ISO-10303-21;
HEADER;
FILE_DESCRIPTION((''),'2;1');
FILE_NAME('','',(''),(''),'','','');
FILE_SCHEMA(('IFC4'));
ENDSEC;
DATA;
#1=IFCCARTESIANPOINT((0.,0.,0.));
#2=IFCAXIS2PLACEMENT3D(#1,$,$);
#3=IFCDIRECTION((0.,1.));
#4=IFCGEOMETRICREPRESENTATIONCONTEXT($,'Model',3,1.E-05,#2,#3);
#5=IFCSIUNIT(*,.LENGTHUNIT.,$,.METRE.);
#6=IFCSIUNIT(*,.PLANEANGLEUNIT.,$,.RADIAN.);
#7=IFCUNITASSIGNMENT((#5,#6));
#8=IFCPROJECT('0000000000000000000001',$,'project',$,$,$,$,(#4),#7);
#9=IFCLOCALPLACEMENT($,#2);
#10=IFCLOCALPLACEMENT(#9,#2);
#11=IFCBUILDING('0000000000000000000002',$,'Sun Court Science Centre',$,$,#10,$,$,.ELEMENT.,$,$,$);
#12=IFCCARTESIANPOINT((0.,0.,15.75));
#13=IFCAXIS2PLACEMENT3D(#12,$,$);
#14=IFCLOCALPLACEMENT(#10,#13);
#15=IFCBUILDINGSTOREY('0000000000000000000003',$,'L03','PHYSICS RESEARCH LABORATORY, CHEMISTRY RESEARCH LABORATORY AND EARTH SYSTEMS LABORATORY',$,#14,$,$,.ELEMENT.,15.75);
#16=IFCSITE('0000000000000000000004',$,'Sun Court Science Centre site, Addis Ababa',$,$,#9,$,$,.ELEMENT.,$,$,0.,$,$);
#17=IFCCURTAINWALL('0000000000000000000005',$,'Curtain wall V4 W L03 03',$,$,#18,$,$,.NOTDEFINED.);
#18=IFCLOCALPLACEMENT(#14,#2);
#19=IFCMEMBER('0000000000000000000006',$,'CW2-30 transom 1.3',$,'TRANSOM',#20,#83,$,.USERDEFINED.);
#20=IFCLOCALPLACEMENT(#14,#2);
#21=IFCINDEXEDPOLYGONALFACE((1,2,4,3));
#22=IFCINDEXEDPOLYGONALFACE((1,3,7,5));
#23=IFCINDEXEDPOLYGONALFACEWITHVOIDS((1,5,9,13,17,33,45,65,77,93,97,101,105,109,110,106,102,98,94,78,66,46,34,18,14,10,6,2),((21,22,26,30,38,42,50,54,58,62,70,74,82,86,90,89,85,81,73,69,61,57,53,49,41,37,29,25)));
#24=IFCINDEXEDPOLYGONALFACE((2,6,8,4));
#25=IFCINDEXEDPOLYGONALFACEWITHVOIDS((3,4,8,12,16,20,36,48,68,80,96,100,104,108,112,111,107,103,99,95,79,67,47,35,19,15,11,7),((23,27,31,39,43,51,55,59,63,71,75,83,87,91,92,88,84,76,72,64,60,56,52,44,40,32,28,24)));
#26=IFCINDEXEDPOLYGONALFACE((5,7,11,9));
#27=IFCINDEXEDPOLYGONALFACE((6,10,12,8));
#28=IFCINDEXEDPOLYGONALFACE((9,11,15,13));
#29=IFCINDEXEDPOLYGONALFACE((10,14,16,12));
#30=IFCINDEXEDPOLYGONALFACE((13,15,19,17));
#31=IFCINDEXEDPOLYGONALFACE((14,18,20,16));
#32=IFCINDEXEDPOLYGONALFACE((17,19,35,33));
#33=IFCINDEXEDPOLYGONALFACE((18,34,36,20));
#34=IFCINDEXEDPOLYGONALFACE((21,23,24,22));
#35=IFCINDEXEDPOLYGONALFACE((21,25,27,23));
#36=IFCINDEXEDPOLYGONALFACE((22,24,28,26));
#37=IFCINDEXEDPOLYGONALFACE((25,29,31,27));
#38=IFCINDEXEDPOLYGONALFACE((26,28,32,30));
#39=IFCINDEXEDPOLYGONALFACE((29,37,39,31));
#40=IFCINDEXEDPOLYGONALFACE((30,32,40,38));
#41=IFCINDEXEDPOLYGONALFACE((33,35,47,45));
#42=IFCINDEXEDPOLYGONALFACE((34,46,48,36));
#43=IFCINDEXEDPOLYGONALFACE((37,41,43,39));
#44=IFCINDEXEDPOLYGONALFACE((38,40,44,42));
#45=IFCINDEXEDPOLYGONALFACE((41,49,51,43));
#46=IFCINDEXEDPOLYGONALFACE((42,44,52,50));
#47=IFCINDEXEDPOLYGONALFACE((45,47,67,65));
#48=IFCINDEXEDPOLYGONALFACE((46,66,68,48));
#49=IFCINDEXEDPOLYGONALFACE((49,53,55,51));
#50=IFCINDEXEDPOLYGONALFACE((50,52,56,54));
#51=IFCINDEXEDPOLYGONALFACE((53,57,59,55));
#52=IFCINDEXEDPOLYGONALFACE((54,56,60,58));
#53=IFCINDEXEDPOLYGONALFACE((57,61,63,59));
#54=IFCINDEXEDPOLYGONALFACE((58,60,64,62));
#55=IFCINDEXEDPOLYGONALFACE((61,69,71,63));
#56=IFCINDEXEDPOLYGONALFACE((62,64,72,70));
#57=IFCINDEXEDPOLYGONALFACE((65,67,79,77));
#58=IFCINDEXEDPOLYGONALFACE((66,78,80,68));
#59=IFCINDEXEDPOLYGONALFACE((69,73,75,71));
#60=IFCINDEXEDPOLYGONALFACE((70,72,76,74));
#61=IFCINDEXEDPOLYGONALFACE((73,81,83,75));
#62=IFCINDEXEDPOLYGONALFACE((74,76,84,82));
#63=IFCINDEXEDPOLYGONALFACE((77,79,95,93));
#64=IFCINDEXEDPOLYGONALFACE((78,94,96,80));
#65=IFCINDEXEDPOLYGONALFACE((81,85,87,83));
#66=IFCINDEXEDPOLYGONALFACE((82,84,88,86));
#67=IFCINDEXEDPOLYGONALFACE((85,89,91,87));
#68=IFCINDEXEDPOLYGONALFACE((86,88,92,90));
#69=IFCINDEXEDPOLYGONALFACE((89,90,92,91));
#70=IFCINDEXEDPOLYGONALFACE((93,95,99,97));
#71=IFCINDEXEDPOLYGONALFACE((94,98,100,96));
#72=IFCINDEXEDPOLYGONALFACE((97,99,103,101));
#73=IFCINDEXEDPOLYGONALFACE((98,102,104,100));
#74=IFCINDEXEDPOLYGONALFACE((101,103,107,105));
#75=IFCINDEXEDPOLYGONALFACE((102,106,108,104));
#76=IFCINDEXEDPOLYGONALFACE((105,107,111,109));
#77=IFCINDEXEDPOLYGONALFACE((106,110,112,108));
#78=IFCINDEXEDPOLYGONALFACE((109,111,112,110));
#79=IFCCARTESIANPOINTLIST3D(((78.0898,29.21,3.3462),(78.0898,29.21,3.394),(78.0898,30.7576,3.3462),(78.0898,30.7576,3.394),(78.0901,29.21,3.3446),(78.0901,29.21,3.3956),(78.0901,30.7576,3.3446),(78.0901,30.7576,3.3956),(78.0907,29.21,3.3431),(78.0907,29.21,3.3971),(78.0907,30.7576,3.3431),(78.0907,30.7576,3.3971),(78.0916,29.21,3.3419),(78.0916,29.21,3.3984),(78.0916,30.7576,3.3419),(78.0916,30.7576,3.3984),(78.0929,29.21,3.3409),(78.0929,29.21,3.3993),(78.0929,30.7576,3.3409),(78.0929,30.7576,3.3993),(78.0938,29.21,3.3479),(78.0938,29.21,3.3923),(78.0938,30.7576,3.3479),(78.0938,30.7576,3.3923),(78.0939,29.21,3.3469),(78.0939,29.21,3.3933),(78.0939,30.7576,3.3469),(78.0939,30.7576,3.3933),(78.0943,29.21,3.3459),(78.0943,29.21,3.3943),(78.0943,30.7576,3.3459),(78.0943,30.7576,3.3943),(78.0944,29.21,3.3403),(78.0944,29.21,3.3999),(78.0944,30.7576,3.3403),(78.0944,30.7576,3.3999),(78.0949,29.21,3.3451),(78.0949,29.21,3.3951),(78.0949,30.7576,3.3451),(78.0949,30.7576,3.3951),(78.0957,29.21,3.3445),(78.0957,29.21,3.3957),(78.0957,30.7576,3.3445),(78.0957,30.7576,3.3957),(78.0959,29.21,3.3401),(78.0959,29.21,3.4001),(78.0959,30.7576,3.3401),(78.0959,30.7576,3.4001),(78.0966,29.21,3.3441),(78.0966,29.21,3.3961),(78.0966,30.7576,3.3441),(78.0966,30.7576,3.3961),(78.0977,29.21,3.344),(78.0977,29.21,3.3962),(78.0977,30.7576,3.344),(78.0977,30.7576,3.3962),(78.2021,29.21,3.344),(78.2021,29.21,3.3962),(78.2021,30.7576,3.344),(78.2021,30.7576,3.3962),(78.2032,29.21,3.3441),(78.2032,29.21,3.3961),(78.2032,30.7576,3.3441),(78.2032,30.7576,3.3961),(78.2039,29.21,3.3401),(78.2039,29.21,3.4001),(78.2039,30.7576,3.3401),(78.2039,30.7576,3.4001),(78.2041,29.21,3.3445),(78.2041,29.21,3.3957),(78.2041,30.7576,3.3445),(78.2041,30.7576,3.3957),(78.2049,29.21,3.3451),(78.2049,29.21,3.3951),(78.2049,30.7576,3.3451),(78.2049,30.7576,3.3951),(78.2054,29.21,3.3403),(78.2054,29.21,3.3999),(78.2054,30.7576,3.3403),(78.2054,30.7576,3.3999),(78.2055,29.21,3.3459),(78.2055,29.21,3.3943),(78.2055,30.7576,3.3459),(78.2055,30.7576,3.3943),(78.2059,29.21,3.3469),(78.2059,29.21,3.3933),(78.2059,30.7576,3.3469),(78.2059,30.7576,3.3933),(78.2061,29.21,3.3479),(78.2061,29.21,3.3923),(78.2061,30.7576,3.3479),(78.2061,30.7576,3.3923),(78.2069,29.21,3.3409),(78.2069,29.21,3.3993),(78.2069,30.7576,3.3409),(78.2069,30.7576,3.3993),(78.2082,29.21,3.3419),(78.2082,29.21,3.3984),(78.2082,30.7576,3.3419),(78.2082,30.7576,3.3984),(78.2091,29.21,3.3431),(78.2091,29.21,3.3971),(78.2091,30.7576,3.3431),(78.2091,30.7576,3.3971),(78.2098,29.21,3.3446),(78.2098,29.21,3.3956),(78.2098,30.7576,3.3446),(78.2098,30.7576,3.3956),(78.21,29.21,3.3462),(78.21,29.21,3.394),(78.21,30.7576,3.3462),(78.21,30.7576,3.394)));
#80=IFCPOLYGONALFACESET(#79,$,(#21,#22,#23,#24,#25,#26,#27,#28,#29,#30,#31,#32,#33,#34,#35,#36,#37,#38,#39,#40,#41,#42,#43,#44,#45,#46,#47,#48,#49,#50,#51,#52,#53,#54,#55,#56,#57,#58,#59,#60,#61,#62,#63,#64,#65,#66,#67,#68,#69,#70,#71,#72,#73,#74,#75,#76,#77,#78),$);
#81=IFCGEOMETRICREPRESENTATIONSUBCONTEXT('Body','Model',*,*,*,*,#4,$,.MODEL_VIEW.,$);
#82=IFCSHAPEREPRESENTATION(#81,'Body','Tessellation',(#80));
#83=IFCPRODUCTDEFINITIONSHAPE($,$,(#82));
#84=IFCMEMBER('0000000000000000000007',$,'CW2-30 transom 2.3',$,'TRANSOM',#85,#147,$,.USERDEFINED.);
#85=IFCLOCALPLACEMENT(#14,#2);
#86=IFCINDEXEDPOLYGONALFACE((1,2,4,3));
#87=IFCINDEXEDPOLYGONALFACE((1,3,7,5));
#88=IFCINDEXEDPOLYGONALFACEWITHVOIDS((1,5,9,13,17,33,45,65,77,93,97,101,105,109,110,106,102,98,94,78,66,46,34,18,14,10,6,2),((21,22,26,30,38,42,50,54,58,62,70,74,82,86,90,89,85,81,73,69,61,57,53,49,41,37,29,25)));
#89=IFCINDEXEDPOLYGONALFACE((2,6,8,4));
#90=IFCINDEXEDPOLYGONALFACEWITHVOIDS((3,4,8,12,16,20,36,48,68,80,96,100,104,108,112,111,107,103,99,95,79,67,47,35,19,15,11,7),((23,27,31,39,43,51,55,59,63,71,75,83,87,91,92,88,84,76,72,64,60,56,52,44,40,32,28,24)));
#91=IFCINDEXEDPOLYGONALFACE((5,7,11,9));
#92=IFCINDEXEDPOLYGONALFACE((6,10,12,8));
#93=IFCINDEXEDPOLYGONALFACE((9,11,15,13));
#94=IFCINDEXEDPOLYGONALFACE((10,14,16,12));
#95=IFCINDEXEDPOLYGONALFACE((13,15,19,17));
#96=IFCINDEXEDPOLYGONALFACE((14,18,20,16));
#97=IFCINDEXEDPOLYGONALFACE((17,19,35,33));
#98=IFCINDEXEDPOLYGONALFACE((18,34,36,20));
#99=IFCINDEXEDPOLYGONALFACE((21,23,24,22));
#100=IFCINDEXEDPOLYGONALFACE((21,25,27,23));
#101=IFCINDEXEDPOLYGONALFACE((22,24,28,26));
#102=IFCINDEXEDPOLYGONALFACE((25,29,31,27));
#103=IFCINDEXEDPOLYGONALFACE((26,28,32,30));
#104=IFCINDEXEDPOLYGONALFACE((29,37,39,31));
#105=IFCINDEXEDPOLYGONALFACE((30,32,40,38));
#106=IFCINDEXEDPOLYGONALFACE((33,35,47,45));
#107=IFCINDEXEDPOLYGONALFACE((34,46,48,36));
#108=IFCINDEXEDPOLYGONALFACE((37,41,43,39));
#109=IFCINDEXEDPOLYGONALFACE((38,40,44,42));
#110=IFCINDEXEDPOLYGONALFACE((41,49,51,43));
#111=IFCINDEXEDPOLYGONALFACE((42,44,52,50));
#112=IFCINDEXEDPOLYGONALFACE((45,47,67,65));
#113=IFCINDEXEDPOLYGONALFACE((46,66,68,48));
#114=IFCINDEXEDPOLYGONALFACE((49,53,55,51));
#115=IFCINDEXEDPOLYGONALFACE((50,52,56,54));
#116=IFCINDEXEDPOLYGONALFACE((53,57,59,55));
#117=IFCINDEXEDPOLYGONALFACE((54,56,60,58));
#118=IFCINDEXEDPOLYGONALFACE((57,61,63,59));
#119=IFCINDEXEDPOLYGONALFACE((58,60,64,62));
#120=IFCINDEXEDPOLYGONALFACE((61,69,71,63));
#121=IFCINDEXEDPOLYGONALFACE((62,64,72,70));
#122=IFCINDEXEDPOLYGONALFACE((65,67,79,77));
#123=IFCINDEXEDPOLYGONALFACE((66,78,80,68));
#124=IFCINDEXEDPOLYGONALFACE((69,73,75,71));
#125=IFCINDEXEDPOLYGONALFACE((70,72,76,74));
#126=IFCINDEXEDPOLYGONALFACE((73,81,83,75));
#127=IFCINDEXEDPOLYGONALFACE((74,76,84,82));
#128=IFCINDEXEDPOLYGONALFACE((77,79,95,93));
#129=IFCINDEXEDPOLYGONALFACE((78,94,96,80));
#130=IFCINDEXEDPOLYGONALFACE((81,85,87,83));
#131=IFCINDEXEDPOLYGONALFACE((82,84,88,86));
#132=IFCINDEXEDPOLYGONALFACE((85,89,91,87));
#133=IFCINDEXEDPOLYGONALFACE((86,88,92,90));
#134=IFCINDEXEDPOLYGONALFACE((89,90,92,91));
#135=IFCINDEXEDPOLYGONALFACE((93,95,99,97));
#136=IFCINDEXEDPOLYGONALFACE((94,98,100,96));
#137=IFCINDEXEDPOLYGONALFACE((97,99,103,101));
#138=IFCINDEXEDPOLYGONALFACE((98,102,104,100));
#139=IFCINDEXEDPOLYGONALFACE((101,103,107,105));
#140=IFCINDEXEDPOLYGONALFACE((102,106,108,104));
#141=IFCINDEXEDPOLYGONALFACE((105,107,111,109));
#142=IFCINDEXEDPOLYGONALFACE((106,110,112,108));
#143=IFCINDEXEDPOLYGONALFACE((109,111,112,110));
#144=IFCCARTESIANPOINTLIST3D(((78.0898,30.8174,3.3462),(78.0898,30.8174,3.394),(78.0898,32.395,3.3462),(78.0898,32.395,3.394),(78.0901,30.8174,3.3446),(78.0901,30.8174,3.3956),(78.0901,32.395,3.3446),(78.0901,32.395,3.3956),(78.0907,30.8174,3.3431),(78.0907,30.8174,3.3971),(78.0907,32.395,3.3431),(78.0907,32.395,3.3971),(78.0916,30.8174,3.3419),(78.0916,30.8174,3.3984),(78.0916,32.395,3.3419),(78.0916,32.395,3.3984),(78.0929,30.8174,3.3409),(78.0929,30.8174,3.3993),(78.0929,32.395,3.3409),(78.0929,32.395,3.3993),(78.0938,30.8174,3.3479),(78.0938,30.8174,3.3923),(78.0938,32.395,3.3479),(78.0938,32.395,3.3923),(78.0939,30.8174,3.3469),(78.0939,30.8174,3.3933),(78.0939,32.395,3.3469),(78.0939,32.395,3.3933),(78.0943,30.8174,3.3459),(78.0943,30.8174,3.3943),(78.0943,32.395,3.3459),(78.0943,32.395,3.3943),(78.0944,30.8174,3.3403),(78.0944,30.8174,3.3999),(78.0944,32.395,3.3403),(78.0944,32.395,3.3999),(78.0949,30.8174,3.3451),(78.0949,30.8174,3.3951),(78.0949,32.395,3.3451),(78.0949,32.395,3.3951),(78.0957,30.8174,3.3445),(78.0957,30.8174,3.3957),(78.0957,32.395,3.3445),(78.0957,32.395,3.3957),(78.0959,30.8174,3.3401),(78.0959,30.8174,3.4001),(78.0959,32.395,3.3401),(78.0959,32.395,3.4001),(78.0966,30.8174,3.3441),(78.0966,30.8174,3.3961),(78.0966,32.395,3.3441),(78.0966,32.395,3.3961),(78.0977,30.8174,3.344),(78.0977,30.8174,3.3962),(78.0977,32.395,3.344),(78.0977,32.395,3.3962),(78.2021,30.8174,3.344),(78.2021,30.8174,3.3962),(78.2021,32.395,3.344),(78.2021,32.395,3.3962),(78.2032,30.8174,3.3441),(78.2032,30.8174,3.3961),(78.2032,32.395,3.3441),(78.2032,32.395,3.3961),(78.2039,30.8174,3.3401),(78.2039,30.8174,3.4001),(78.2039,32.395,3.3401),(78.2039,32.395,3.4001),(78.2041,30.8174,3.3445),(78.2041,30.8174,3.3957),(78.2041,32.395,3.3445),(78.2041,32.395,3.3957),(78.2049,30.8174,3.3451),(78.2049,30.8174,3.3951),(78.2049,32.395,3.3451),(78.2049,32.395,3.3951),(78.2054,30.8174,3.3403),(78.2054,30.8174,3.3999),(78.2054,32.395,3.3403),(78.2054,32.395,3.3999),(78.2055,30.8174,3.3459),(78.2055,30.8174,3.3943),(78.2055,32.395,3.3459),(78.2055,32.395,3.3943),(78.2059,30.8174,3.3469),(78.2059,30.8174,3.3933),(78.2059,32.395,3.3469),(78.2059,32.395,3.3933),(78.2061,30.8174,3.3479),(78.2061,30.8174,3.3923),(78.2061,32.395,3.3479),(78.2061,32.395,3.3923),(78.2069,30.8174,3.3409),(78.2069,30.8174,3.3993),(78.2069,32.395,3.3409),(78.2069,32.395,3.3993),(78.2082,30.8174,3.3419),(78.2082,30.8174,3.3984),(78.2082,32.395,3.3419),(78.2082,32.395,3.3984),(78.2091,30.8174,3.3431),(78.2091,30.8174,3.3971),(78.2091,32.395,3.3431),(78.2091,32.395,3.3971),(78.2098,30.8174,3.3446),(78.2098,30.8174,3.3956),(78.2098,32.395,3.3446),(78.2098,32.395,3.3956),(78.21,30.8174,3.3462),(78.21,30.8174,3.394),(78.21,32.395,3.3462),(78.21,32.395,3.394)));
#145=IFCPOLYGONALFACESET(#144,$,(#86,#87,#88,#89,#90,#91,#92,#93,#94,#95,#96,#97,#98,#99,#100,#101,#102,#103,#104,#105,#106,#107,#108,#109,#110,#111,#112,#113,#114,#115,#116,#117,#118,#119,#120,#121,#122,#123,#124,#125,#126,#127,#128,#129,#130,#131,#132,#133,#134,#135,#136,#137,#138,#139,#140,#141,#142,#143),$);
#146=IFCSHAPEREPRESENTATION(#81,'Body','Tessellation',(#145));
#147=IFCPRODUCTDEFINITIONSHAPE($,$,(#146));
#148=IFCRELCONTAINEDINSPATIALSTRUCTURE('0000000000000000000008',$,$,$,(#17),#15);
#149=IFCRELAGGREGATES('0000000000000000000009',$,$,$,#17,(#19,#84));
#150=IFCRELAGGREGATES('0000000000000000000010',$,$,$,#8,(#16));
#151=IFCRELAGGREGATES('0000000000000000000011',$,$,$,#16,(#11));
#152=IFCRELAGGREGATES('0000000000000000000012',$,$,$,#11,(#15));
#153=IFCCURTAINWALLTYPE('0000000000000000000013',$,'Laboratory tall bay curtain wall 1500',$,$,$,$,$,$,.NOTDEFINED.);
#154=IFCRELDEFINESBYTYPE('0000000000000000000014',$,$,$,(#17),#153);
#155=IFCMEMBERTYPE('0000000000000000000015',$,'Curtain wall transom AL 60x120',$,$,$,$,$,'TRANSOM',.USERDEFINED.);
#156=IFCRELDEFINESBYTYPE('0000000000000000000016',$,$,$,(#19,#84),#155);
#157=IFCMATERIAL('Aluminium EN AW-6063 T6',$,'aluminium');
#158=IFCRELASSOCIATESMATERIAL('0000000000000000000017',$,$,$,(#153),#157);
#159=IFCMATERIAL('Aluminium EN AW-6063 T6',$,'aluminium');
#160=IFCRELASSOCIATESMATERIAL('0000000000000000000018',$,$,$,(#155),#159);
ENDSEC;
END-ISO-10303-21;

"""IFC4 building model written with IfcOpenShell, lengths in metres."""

from ifc_helpers import new_model, si_unit, direction, frame, origin, origin_2d, place, context, subcontext, project, spatial, hollow_rectangle, extrude, material, material_profile, profile_set, type_object, element, aggregate, save


model = new_model("IFC4")

# Units and contexts
model_context = context("Model", 3, precision=1e-05, world=origin(), true_north=direction((0.0, 1.0)))
body_context = subcontext(model_context, "Body", "Model", "MODEL_VIEW")
ifc_project = project(units=[si_unit("LENGTHUNIT", "METRE"), si_unit("PLANEANGLEUNIT", "RADIAN")], contexts=[model_context])

# Site, building, storey
site_placement = place(None, origin())
site = spatial("IfcSite", under=ifc_project, at=site_placement, Name="Sun Court Science Centre site, Addis Ababa", CompositionType="ELEMENT", RefElevation=0.0)
building_placement = place(site_placement, origin())
building = spatial("IfcBuilding", under=site, at=building_placement, Name="Sun Court Science Centre", CompositionType="ELEMENT")
storey_placement = place(building_placement, frame((0.0, 0.0, 15.75)))
storey = spatial("IfcBuildingStorey", under=building, at=storey_placement, Name="L03", Description="PHYSICS RESEARCH LABORATORY, CHEMISTRY RESEARCH LABORATORY AND EARTH SYSTEMS LABORATORY", CompositionType="ELEMENT", Elevation=15.75)

# Curtain wall
ifc_material_1 = material(Name="Aluminium EN AW-6063 T6", Category="aluminium")
curtain_wall_type = type_object("IfcCurtainWallType", Name="Laboratory tall bay curtain wall 1500", PredefinedType="NOTDEFINED", material=ifc_material_1)
curtain_wall_1_placement = place(storey_placement, origin())
curtain_wall_1 = element("IfcCurtainWall", 1, at=curtain_wall_1_placement, inside=storey, type_object=curtain_wall_type, Name="Curtain wall V4 W L03 03", PredefinedType="NOTDEFINED")

# Members
ifc_material_2 = material(Name="Aluminium EN AW-6063 T6", Category="aluminium")
ifc_material_profile_1 = material_profile(ifc_material_2, hollow_rectangle(XDim=0.0601, YDim=0.1201, WallThickness=0.0039, InnerFilletRadius=0.0039, OuterFilletRadius=0.0061, at=origin_2d()), Name="AL 60x120x4")
ifc_profile_set_1 = profile_set([ifc_material_profile_1], Name="Aluminium EN AW-6063 T6")
member_type_1 = type_object("IfcMemberType", Name="Curtain wall transom AL 60x120", ElementType="TRANSOM", PredefinedType="USERDEFINED", material=ifc_profile_set_1)
member_1_placement = place(storey_placement, frame((78.1499, 29.21, 3.3701), z_axis=(0.0, 1.0, 0.0), x_axis=(0.0, 0.0, 1.0)))
member_1 = element("IfcMember", 2, at=member_1_placement, type_object=member_type_1, Name="CW2-30 transom 1.3", ObjectType="TRANSOM", PredefinedType="USERDEFINED", context=body_context, shape_type="SweptSolid", body=[
    extrude(hollow_rectangle(XDim=0.0601, YDim=0.1201, WallThickness=0.0039, InnerFilletRadius=0.0039, OuterFilletRadius=0.0061, at=origin_2d()), origin(), (0.0, 0.0, 1.0), 1.5476),
])
member_2_placement = place(storey_placement, frame((78.1499, 30.8174, 3.3701), z_axis=(0.0, 1.0, 0.0), x_axis=(0.0, 0.0, 1.0)))
member_2 = element("IfcMember", 3, at=member_2_placement, type_object=member_type_1, Name="CW2-30 transom 2.3", ObjectType="TRANSOM", PredefinedType="USERDEFINED", context=body_context, shape_type="SweptSolid", body=[
    extrude(hollow_rectangle(XDim=0.0601, YDim=0.1201, WallThickness=0.0039, InnerFilletRadius=0.0039, OuterFilletRadius=0.0061, at=origin_2d()), origin(), (0.0, 0.0, 1.0), 1.5776),
])

aggregate(curtain_wall_1, [member_1, member_2])

save(model, "model.ifc")
